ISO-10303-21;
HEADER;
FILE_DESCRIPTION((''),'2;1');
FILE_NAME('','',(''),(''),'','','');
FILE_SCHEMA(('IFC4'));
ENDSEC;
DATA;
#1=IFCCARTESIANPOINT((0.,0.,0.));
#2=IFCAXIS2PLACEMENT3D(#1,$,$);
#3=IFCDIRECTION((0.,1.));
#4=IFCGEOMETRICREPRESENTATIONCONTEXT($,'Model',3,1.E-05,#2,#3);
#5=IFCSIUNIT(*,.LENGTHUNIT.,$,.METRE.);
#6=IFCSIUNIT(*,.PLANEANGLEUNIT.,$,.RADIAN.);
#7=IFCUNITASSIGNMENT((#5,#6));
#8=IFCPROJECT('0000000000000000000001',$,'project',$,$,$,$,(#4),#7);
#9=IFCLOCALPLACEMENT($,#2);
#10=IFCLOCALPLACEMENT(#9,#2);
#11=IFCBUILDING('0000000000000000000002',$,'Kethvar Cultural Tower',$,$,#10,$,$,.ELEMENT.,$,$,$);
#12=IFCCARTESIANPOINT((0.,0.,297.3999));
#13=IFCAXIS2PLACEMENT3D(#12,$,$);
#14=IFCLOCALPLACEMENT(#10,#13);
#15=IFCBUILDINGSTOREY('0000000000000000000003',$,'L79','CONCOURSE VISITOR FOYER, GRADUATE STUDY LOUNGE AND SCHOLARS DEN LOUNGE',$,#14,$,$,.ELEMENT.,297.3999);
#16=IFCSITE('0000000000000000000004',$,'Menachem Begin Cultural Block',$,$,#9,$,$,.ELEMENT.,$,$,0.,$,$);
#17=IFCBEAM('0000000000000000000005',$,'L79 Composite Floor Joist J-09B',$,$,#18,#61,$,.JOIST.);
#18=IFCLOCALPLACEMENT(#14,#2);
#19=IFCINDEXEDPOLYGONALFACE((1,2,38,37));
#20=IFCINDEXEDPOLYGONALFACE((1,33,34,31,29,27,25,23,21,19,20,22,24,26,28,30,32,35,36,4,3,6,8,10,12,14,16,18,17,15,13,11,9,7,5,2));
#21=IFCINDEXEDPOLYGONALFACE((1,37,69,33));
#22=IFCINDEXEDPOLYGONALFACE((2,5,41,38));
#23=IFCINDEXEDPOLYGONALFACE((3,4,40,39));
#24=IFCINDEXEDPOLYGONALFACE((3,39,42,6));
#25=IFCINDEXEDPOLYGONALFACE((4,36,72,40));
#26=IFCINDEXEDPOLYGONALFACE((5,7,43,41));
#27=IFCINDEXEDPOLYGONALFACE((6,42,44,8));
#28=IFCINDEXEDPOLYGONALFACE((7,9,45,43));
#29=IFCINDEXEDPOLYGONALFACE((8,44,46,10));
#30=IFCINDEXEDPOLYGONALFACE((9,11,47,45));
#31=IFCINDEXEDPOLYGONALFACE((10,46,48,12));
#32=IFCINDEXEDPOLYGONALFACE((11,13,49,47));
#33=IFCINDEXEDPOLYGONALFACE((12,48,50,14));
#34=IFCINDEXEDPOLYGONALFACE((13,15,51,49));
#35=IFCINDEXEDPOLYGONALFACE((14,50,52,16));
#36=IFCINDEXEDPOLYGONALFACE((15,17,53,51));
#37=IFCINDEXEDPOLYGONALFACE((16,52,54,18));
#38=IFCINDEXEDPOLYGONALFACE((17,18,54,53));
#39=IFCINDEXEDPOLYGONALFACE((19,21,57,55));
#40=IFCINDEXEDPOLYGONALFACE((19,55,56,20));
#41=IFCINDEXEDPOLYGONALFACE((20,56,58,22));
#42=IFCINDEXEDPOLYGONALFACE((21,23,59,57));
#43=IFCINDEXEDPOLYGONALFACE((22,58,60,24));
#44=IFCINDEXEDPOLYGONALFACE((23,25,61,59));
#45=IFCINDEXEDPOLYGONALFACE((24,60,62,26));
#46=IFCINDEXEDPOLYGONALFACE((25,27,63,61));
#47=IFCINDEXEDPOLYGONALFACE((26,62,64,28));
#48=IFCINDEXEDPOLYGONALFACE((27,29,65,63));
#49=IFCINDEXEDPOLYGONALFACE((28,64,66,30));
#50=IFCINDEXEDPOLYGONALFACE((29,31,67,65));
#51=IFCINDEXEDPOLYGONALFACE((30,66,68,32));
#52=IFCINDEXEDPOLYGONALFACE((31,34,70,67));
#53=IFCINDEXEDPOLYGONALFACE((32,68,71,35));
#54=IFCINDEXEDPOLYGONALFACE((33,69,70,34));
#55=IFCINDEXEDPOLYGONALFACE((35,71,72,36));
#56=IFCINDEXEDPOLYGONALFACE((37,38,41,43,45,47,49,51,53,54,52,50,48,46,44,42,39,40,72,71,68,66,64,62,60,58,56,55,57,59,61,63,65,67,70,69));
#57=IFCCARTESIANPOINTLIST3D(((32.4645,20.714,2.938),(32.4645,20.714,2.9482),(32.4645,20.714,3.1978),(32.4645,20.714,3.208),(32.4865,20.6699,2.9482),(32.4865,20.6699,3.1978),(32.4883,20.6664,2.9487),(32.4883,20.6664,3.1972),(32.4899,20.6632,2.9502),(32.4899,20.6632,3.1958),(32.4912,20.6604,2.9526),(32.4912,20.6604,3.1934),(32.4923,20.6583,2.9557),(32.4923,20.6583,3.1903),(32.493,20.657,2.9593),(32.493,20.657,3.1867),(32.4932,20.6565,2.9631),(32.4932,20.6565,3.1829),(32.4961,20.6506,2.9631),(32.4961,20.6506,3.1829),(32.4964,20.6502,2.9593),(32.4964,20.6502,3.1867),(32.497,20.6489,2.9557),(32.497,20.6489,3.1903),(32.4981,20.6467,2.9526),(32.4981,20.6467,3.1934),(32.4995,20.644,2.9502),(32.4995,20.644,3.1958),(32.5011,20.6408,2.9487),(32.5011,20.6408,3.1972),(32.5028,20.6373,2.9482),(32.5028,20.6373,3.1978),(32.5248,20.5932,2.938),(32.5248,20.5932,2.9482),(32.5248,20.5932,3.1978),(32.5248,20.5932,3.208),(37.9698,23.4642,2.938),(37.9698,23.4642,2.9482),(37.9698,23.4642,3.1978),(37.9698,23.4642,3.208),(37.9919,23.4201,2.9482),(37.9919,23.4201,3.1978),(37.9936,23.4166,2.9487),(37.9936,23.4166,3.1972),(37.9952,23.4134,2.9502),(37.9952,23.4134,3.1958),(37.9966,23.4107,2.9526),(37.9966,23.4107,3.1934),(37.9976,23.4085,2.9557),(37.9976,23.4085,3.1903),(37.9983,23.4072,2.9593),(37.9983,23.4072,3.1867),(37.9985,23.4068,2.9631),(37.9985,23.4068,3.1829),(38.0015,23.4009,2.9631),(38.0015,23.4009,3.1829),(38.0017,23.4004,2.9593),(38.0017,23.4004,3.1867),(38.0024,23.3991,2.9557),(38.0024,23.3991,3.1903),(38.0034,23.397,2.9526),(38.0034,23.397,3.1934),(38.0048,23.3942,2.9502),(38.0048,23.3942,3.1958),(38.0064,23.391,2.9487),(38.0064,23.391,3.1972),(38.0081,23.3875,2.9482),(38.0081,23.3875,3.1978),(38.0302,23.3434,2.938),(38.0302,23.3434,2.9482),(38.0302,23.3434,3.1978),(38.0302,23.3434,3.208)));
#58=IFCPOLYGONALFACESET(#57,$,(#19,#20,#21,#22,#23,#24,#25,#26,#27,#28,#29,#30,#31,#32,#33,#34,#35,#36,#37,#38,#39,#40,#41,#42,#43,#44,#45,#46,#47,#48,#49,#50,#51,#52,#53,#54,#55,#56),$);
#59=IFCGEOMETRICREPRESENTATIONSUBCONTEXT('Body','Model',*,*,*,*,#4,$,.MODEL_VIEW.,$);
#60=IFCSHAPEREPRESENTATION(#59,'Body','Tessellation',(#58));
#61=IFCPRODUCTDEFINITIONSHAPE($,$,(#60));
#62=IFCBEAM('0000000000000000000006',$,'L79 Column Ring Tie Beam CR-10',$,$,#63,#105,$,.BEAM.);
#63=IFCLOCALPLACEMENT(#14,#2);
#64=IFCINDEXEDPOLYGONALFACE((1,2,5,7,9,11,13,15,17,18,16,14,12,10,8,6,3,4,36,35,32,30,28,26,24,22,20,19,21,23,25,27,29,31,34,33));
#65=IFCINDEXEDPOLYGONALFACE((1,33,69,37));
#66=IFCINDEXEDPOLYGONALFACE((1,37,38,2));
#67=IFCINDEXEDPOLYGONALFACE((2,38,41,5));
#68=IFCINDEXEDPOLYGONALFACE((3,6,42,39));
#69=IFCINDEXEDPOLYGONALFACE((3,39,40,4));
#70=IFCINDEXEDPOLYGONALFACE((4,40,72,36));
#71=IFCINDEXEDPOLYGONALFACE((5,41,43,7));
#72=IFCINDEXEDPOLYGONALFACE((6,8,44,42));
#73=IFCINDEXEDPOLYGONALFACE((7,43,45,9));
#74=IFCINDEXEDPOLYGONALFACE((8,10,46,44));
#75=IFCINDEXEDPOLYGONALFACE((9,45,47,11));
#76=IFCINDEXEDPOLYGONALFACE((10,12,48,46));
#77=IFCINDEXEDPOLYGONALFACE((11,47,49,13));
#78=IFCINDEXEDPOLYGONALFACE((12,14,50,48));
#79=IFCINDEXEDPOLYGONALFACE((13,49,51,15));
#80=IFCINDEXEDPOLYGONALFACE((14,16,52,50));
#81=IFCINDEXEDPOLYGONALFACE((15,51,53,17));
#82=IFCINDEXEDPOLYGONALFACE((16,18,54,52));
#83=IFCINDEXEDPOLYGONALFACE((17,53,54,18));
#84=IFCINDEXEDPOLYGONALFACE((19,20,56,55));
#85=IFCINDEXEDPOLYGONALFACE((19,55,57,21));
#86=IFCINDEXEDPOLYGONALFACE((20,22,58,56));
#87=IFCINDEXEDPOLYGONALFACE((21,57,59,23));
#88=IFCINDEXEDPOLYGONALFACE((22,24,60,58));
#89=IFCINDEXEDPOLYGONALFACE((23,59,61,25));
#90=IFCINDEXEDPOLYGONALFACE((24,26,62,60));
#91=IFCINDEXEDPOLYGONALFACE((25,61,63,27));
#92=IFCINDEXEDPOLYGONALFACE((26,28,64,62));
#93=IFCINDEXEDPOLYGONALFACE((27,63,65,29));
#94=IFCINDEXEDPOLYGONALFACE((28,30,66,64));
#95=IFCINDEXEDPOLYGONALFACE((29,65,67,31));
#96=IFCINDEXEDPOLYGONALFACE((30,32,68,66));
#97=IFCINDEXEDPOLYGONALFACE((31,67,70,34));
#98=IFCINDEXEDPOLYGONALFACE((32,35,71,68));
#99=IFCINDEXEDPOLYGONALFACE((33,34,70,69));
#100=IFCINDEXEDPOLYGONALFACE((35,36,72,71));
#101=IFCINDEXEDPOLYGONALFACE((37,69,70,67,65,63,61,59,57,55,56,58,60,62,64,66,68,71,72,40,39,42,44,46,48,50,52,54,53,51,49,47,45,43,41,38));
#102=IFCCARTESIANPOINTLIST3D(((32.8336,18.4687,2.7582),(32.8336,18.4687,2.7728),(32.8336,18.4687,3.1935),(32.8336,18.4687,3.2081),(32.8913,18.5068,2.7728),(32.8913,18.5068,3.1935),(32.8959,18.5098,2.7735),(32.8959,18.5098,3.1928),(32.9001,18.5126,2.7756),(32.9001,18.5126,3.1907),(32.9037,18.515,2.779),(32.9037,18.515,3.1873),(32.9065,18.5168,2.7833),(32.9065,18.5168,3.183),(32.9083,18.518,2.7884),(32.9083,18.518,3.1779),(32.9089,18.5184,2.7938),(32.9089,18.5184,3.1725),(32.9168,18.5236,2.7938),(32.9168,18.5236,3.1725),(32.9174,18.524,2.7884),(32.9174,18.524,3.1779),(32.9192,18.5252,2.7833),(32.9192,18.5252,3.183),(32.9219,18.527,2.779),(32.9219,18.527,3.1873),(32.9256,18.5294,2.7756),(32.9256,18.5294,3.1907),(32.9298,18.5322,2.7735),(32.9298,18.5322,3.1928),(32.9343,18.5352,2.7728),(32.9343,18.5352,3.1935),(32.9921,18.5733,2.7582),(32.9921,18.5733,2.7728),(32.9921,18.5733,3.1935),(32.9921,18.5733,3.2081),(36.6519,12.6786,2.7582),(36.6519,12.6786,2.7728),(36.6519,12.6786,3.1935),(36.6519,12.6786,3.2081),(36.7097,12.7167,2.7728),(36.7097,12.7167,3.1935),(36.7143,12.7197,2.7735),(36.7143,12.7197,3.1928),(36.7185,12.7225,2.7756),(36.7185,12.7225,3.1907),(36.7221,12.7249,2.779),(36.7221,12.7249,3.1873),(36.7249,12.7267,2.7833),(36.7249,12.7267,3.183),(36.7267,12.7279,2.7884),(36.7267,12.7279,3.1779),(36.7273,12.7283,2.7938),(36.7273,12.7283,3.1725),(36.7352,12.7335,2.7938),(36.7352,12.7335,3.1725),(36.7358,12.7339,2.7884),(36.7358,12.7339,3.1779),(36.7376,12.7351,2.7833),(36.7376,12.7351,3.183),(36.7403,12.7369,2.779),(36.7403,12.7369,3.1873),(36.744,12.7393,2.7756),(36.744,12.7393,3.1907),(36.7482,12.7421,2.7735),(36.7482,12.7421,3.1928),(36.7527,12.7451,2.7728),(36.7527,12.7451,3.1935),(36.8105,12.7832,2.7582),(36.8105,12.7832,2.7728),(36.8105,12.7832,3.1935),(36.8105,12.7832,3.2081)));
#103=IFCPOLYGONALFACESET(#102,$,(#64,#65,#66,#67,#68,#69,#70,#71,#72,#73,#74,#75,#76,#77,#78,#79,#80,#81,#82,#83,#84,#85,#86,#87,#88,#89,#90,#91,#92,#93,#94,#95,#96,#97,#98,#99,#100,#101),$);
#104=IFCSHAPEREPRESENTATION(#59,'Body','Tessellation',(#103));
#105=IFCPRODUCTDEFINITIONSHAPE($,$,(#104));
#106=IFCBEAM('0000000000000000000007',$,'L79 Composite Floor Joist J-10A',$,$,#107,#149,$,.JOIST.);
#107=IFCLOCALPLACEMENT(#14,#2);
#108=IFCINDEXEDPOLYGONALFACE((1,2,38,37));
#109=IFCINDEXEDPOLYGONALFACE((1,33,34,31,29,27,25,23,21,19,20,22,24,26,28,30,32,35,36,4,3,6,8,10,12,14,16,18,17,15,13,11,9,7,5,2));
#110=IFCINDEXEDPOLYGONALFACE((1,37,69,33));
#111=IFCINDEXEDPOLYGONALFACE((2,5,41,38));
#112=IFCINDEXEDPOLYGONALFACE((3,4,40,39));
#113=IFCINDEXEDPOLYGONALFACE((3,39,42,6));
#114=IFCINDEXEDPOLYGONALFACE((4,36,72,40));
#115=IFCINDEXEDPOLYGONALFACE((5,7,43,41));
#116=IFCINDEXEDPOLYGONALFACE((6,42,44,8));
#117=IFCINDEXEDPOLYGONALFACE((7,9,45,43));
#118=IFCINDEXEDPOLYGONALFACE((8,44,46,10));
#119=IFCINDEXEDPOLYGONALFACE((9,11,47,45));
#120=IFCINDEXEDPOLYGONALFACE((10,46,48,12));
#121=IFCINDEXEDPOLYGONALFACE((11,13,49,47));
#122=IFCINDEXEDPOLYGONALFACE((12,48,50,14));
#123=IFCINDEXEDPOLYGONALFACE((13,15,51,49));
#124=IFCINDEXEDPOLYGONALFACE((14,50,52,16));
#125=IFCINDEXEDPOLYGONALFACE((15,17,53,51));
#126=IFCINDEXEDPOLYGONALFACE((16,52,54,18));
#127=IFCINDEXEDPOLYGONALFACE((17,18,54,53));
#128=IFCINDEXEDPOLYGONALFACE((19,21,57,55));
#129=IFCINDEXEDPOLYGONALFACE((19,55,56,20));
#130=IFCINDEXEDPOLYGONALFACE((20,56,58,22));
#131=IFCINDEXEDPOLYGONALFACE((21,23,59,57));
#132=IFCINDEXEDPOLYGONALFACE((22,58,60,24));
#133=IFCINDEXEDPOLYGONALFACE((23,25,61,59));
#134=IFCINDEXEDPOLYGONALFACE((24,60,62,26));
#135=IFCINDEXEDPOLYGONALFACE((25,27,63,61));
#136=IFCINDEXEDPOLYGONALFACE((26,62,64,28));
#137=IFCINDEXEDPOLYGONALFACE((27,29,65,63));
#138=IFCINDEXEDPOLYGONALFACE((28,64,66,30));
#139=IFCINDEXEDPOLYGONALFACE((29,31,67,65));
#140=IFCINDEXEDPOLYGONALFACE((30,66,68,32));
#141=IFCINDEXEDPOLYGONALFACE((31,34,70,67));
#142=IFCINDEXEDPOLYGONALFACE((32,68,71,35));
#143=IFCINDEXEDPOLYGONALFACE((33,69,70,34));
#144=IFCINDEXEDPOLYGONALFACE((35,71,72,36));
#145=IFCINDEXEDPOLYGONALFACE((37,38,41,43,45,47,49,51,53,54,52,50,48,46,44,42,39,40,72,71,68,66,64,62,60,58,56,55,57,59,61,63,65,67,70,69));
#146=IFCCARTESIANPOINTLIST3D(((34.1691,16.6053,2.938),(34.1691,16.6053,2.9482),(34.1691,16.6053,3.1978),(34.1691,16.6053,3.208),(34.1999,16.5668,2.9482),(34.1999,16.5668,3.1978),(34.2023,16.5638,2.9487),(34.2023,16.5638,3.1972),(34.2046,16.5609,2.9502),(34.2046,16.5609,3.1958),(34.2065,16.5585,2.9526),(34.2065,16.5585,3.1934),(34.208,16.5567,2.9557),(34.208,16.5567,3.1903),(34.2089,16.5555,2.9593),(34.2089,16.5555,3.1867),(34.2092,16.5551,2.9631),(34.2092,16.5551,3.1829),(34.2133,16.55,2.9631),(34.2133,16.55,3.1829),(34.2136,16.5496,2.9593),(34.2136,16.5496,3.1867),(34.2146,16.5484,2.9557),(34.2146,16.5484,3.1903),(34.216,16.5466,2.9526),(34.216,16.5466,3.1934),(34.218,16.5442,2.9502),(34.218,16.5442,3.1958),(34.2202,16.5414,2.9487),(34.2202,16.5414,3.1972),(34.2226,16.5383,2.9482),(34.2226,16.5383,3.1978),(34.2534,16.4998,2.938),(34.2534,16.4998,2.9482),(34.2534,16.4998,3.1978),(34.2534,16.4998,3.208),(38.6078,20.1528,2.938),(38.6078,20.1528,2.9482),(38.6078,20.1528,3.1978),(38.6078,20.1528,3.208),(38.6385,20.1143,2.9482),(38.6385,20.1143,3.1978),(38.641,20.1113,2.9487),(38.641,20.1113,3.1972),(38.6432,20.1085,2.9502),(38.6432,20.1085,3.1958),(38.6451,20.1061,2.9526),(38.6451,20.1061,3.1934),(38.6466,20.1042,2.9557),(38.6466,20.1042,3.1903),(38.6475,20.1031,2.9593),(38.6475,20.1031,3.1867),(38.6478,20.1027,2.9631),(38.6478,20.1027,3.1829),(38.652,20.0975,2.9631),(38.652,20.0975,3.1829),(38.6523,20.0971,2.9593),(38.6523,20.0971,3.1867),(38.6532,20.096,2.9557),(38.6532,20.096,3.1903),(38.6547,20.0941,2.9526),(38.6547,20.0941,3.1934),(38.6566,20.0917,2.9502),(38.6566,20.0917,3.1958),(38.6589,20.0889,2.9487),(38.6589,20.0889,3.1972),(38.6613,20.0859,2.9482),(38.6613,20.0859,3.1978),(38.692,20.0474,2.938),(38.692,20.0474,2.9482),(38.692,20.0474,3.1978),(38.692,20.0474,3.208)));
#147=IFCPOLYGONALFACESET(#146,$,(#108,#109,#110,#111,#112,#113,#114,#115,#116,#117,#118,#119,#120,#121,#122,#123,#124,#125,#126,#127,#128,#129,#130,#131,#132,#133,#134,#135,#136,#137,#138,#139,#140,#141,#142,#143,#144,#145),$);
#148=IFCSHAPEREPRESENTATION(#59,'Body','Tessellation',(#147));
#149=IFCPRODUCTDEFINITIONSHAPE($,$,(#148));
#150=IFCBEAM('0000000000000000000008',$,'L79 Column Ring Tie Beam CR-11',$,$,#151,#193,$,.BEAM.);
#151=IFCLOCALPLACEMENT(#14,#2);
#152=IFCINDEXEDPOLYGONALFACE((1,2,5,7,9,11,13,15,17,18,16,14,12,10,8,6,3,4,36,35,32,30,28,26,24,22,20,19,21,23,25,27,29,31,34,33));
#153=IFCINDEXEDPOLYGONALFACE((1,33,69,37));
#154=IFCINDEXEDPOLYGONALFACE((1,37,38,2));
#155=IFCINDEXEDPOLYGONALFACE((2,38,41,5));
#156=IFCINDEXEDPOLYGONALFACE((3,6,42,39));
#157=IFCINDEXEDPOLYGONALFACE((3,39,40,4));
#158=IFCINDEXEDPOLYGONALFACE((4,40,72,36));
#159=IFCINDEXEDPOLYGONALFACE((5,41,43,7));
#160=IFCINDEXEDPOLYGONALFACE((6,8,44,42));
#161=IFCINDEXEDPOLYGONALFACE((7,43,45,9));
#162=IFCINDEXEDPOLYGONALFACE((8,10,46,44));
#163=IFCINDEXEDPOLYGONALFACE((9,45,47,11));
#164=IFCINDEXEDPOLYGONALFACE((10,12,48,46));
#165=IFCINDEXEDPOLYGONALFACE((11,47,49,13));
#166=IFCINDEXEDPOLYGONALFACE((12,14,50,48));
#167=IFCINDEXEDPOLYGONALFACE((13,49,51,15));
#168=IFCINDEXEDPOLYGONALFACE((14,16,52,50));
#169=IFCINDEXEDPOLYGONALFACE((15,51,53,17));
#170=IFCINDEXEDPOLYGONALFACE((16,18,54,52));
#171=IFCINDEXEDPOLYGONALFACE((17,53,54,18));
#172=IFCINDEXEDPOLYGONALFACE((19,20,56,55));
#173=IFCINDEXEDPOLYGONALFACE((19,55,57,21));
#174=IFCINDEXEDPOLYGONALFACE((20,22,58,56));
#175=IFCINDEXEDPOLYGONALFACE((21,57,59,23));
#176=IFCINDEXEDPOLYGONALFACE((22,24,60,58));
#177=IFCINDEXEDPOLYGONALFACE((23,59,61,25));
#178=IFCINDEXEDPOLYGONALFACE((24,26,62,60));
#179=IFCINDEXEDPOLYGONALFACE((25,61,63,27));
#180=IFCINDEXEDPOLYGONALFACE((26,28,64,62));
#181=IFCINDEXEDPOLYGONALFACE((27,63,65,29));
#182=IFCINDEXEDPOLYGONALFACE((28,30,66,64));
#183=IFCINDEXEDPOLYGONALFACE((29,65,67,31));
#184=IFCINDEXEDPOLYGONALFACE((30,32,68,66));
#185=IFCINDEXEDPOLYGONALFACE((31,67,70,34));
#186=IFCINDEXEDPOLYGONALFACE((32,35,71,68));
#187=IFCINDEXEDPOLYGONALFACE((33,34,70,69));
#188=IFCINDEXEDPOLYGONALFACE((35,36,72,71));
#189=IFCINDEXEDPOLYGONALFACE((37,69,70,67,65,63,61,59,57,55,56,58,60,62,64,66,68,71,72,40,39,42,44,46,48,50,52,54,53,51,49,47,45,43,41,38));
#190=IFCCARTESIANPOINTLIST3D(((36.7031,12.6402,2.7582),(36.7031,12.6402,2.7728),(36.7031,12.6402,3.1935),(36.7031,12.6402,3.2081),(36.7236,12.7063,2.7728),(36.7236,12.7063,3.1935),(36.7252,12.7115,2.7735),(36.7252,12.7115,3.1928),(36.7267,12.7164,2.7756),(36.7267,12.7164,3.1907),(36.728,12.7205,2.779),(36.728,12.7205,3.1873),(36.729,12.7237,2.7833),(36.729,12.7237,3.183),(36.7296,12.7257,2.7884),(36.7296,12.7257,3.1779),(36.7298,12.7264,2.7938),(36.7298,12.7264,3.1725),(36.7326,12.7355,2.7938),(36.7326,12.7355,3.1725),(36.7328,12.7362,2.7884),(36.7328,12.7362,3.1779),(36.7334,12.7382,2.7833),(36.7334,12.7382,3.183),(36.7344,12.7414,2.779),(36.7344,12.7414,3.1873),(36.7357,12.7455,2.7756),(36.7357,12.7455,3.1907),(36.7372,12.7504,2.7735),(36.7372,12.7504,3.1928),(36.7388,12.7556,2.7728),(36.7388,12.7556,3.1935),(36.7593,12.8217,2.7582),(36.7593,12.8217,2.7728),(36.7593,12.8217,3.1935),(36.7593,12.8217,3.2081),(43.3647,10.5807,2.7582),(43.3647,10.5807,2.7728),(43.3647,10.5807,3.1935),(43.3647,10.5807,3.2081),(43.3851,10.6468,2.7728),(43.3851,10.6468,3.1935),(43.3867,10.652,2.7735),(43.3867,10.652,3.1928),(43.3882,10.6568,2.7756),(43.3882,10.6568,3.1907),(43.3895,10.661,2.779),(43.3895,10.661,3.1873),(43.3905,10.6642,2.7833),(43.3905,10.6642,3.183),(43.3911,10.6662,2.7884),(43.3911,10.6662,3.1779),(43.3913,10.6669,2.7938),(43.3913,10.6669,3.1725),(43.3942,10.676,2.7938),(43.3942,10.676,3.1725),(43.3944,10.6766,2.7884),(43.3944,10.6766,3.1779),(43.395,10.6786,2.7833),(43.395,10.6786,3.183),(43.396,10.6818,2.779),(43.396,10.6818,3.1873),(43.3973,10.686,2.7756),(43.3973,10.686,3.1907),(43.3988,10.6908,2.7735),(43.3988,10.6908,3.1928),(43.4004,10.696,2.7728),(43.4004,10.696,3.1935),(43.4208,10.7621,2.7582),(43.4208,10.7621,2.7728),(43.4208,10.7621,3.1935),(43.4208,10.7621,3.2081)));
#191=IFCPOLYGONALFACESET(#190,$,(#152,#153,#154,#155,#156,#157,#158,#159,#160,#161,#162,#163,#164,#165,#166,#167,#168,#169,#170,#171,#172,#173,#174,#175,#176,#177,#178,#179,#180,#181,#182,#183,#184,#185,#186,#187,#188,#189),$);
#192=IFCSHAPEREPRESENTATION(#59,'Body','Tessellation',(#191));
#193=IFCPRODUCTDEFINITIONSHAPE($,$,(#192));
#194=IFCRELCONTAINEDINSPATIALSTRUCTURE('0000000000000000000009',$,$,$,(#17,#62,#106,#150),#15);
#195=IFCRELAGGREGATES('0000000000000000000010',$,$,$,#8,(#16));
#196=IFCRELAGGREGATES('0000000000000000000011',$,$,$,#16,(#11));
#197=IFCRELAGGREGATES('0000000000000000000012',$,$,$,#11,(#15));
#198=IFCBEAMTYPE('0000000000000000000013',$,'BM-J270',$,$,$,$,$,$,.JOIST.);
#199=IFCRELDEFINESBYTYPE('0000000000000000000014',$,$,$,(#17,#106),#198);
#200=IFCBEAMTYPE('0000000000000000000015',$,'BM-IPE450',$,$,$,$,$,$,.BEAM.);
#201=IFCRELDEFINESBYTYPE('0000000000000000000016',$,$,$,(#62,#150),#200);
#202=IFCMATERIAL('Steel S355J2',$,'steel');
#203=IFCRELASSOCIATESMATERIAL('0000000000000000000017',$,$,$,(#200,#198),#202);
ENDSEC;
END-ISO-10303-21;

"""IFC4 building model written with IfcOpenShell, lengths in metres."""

from ifc_helpers import new_model, si_unit, direction, frame, origin, origin_2d, place, context, subcontext, project, spatial, i_section, extrude, source, transform, mapped, material, material_profile, profile_set, type_object, element, save


model = new_model("IFC4")

# Units and contexts
model_context = context("Model", 3, precision=1e-05, world=origin(), true_north=direction((0.0, 1.0)))
body_context = subcontext(model_context, "Body", "Model", "MODEL_VIEW")
ifc_project = project(units=[si_unit("LENGTHUNIT", "METRE"), si_unit("PLANEANGLEUNIT", "RADIAN")], contexts=[model_context])

# Site, building, storey
site_placement = place(None, origin())
site = spatial("IfcSite", under=ifc_project, at=site_placement, Name="Menachem Begin Cultural Block", CompositionType="ELEMENT", RefElevation=0.0)
building_placement = place(site_placement, origin())
building = spatial("IfcBuilding", under=site, at=building_placement, Name="Kethvar Cultural Tower", CompositionType="ELEMENT")
storey_placement = place(building_placement, frame((0.0, 0.0, 297.3999)))
storey = spatial("IfcBuildingStorey", under=building, at=storey_placement, Name="L79", Description="CONCOURSE VISITOR FOYER, GRADUATE STUDY LOUNGE AND SCHOLARS DEN LOUNGE", CompositionType="ELEMENT", Elevation=297.3999)

# Shared definitions
ifc_material_1 = material(Name="Steel S355J2", Category="steel")

# Beams
ifc_material_profile_1 = material_profile(ifc_material_1, i_section(OverallWidth=0.1899, OverallDepth=0.45, WebThickness=0.0095, FlangeThickness=0.0146, FilletRadius=0.021, at=origin_2d()), Name="Steel S355J2 — IPE450")
ifc_profile_set_1 = profile_set([ifc_material_profile_1], Name="Steel S355J2 — IPE450")
beam_type_1 = type_object("IfcBeamType", Name="BM-IPE450", PredefinedType="BEAM", material=ifc_profile_set_1)
ifc_material_profile_2 = material_profile(ifc_material_1, i_section(OverallWidth=0.135, OverallDepth=0.27, WebThickness=0.0066, FlangeThickness=0.0103, FilletRadius=0.0149, at=origin_2d()), Name="Steel S355J2 — IPE270")
ifc_profile_set_2 = profile_set([ifc_material_profile_2], Name="Steel S355J2 — IPE270")
beam_type_2 = type_object("IfcBeamType", Name="BM-J270", PredefinedType="JOIST", material=ifc_profile_set_2)
shared_shape_1 = source(origin(), body_context, "Body", "SweptSolid", [
    extrude(i_section(OverallWidth=0.135, OverallDepth=0.27, WebThickness=0.0066, FlangeThickness=0.0103, FilletRadius=0.0149, at=origin_2d()), origin(), (0.0, 0.0, 1.0), 6.1541),
])
beam_1_placement = place(storey_placement, frame((38.0, 23.4038, 3.073), z_axis=(-0.894586, -0.446896, 0.0), x_axis=(0.446896, -0.894586, 0.0)))
element("IfcBeam", 1, at=beam_1_placement, inside=storey, type_object=beam_type_2, Name="L79 Composite Floor Joist J-09B", PredefinedType="JOIST", context=body_context, shape_type="MappedRepresentation", body=[
    mapped(shared_shape_1, transform((0.0, 0.0, 0.0), scale=1.0)),
])
shared_shape_2 = source(origin(), body_context, "Body", "SweptSolid", [
    extrude(i_section(OverallWidth=0.1899, OverallDepth=0.45, WebThickness=0.0095, FlangeThickness=0.0146, FilletRadius=0.021, at=origin_2d()), origin(), (0.0, 0.0, 1.0), 6.9358),
])
beam_2_placement = place(storey_placement, frame((32.9128, 18.521, 2.9832), z_axis=(0.550534, -0.834813, 0.0), x_axis=(0.834813, 0.550534, 0.0)))
element("IfcBeam", 2, at=beam_2_placement, inside=storey, type_object=beam_type_1, Name="L79 Column Ring Tie Beam CR-10", PredefinedType="BEAM", context=body_context, shape_type="MappedRepresentation", body=[
    mapped(shared_shape_2, transform((0.0, 0.0, 0.0), scale=1.0)),
])
shared_shape_3 = source(origin(), body_context, "Body", "SweptSolid", [
    extrude(i_section(OverallWidth=0.135, OverallDepth=0.27, WebThickness=0.0066, FlangeThickness=0.0103, FilletRadius=0.0149, at=origin_2d()), origin(), (0.0, 0.0, 1.0), 5.6821),
])
beam_3_placement = place(storey_placement, frame((38.6499, 20.1001, 3.073), z_axis=(-0.781158, -0.624333, 0.0), x_axis=(0.624333, -0.781158, 0.0)))
element("IfcBeam", 3, at=beam_3_placement, inside=storey, type_object=beam_type_2, Name="L79 Composite Floor Joist J-10A", PredefinedType="JOIST", context=body_context, shape_type="MappedRepresentation", body=[
    mapped(shared_shape_3, transform((0.0, 0.0, 0.0), scale=1.0)),
])
shared_shape_4 = source(origin(), body_context, "Body", "SweptSolid", [
    extrude(i_section(OverallWidth=0.1899, OverallDepth=0.45, WebThickness=0.0095, FlangeThickness=0.0146, FilletRadius=0.021, at=origin_2d()), origin(), (0.0, 0.0, 1.0), 6.9727),
])
beam_4_placement = place(storey_placement, frame((36.7312, 12.731, 2.9832), z_axis=(0.955381, -0.295375, 0.0), x_axis=(0.295375, 0.955381, 0.0)))
element("IfcBeam", 4, at=beam_4_placement, inside=storey, type_object=beam_type_1, Name="L79 Column Ring Tie Beam CR-11", PredefinedType="BEAM", context=body_context, shape_type="MappedRepresentation", body=[
    mapped(shared_shape_4, transform((0.0, 0.0, 0.0), scale=1.0)),
])

save(model, "model.ifc")
